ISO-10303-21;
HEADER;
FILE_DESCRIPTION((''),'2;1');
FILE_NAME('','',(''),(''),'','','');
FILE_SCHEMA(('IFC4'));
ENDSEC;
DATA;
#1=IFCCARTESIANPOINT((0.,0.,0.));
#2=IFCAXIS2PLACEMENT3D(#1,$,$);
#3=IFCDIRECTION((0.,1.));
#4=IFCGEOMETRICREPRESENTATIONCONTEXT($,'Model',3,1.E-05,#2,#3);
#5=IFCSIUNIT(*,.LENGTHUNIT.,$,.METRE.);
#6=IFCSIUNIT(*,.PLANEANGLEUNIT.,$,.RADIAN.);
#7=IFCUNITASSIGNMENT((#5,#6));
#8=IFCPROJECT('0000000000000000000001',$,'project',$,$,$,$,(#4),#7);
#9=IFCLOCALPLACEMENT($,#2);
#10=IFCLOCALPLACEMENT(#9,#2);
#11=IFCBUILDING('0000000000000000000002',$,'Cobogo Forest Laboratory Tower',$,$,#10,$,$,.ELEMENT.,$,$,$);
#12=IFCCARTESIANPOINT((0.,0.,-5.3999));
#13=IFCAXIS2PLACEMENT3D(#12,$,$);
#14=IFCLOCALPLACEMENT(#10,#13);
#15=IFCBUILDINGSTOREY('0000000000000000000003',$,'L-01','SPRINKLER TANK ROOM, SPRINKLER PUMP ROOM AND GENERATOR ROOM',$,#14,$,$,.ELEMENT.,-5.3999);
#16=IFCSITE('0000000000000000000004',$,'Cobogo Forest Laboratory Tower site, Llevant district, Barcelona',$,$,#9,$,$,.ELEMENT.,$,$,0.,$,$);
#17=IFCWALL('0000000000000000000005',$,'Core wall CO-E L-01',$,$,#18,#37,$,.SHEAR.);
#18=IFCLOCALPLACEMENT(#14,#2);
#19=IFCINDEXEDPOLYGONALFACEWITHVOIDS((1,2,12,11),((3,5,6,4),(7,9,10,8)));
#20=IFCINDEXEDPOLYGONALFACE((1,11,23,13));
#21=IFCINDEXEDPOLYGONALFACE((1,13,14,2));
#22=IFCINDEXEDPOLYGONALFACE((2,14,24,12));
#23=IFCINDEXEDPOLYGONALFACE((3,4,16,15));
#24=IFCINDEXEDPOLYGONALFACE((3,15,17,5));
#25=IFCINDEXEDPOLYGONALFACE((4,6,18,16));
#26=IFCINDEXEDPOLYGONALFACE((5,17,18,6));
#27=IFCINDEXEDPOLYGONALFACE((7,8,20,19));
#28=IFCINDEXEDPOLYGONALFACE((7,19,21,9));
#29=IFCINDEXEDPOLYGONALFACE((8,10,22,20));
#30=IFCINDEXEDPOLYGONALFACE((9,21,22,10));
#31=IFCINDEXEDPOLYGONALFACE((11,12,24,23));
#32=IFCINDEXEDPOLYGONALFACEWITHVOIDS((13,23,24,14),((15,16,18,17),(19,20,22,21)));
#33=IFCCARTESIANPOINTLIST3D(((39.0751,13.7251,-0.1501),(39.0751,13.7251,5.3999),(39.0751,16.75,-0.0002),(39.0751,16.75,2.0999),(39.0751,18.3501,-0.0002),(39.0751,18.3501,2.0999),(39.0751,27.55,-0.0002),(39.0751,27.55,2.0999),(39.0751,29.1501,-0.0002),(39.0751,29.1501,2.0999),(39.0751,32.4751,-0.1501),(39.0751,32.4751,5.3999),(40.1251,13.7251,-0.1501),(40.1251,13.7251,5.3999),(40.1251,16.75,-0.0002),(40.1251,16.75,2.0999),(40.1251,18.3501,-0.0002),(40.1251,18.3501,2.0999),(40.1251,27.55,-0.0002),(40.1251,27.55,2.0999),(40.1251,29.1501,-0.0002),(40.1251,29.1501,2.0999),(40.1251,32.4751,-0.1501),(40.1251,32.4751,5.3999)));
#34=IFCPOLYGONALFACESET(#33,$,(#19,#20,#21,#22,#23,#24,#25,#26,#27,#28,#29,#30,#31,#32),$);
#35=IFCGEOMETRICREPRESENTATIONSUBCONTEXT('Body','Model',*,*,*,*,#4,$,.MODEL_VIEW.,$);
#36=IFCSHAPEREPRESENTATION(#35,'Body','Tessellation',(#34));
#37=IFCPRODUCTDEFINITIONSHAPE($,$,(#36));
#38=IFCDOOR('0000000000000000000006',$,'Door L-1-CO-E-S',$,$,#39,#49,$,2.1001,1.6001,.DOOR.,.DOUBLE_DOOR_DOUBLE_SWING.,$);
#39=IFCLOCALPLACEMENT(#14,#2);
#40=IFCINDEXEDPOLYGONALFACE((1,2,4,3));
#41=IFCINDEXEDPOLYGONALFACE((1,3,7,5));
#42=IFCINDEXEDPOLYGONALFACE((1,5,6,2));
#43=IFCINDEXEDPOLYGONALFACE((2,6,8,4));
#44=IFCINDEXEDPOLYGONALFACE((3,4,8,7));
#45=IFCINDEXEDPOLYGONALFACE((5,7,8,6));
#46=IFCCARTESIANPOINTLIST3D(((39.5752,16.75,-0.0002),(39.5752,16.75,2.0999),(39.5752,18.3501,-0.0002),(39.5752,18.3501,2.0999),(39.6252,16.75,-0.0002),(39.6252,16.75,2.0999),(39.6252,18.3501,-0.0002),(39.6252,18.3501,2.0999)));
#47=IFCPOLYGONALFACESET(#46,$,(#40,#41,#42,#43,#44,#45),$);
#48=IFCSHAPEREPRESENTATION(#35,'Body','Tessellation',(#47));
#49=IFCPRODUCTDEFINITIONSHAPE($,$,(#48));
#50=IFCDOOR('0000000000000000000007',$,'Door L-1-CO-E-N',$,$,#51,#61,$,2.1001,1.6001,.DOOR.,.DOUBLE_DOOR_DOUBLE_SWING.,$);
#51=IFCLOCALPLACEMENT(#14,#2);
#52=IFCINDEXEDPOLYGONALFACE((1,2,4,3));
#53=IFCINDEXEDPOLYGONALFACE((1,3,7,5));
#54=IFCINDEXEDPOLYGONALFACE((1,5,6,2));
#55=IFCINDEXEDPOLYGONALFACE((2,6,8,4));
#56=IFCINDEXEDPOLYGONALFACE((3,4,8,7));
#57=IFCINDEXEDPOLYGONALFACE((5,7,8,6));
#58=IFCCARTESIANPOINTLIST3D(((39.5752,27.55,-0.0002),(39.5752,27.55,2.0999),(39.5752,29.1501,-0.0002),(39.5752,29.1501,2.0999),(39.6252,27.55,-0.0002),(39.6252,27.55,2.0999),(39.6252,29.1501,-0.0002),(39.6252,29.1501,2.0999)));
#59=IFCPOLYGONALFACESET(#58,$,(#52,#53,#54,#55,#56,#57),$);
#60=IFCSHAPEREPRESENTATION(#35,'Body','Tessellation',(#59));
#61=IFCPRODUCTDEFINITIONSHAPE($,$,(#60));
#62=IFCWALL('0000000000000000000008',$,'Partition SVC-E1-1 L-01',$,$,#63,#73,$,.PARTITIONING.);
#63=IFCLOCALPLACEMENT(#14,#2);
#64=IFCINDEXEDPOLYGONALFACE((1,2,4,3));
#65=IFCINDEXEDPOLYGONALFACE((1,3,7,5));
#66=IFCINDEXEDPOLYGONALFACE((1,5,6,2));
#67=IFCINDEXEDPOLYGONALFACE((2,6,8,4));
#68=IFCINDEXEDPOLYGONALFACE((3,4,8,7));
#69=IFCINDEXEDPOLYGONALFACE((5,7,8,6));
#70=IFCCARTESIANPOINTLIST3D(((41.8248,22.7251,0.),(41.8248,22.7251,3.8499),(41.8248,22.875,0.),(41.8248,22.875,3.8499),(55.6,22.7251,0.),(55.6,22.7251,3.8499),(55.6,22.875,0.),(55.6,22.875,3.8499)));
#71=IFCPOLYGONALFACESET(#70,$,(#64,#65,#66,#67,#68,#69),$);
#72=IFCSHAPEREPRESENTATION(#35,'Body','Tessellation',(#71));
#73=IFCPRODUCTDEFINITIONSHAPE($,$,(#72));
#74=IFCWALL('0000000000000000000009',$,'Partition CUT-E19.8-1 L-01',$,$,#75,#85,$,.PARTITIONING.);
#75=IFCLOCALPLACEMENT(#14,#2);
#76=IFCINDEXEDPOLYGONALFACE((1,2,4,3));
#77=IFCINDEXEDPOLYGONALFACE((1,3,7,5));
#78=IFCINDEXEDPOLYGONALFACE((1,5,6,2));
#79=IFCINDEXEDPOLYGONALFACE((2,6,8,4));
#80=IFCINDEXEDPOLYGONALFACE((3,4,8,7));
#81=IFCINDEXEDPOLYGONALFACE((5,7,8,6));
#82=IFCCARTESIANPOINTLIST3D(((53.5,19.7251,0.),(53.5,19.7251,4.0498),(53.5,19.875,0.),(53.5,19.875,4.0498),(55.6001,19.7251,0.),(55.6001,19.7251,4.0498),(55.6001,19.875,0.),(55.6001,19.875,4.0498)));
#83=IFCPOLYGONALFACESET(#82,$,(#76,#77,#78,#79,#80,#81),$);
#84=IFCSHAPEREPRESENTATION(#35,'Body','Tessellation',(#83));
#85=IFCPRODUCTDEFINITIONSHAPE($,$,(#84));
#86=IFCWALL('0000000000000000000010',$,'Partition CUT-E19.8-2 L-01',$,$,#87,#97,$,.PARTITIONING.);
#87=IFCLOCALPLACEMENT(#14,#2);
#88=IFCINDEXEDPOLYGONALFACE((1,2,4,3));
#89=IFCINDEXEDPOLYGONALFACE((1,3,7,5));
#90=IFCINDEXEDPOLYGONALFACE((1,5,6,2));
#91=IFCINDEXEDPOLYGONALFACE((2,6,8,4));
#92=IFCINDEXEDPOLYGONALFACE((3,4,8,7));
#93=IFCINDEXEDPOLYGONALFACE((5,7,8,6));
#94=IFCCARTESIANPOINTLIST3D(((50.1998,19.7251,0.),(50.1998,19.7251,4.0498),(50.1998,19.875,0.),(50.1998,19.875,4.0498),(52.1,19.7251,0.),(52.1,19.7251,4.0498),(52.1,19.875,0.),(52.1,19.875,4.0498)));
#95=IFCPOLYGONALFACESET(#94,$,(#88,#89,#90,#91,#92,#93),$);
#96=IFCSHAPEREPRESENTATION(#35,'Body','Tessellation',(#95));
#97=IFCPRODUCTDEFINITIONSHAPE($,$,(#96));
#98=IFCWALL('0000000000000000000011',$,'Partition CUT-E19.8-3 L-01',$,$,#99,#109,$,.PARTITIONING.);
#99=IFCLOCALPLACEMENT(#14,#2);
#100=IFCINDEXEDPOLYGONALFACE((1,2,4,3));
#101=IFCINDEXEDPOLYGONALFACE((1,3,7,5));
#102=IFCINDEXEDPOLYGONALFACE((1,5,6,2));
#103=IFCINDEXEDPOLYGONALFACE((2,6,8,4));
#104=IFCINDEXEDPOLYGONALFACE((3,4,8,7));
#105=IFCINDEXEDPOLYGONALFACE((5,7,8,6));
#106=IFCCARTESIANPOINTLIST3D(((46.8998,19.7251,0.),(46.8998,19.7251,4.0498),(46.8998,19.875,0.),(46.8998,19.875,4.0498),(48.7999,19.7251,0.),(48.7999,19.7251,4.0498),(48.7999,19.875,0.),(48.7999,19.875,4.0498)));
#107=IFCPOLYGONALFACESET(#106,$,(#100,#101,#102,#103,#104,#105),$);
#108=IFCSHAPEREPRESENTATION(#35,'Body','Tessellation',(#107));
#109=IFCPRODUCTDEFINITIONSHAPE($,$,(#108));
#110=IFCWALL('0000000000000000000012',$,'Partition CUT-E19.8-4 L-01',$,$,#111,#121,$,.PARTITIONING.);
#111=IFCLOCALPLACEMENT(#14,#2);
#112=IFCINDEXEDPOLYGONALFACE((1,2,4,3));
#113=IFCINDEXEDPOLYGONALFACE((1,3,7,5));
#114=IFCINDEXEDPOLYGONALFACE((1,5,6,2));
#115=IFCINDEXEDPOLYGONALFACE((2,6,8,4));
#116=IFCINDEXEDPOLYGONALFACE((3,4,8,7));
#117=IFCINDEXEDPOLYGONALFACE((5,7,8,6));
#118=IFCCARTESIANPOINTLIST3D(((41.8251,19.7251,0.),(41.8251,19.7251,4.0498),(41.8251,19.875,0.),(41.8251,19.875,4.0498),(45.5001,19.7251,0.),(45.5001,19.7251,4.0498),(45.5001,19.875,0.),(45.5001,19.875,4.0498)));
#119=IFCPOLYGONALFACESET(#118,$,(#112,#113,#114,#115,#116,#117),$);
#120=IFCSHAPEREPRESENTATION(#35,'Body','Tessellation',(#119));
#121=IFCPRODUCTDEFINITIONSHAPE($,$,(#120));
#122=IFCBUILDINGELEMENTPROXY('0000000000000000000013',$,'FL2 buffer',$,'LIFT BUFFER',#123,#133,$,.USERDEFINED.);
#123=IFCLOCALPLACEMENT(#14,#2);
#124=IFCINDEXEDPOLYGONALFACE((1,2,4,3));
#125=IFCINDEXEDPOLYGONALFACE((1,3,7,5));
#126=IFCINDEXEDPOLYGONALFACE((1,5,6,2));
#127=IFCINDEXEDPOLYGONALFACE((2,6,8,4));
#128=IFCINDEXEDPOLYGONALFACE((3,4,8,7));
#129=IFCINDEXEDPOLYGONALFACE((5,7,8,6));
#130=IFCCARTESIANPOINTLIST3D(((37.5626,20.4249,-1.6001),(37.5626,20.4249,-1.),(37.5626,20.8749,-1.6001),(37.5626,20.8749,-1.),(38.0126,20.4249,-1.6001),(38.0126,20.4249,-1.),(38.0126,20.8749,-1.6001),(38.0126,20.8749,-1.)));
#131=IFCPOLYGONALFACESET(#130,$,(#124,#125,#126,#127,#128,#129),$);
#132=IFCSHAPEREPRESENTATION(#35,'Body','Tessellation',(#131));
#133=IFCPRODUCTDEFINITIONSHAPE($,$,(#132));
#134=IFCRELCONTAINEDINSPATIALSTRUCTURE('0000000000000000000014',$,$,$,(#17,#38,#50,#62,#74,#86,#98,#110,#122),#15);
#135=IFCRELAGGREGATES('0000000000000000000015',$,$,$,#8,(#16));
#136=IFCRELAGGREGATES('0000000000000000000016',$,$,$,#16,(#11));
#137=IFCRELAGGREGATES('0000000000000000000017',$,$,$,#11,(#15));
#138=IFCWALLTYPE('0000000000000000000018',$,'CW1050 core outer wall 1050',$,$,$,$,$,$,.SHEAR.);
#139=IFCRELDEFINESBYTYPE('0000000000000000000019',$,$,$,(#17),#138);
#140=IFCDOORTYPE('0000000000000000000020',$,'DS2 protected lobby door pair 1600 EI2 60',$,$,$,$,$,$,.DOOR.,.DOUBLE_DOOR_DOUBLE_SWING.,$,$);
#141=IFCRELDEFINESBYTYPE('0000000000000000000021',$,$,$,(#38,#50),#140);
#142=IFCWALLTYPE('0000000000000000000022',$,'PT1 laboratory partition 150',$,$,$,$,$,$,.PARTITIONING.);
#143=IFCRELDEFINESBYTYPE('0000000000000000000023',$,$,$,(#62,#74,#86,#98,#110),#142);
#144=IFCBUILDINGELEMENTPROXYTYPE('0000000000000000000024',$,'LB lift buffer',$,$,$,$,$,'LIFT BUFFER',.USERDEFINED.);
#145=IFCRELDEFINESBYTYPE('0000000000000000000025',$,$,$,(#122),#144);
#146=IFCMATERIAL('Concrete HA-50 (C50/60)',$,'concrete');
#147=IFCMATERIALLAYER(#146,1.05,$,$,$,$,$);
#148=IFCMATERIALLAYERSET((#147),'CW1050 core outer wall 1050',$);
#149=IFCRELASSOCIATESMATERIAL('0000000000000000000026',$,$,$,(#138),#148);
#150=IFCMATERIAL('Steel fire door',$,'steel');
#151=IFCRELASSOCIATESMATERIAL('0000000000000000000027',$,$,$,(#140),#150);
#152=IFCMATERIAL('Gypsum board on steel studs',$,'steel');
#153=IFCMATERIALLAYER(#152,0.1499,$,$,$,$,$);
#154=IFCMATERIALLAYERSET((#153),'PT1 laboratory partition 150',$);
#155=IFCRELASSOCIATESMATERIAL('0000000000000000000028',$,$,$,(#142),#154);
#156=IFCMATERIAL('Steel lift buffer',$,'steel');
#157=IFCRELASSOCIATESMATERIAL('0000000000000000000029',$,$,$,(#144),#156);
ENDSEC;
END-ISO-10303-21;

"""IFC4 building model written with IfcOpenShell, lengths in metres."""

from ifc_helpers import new_model, si_unit, direction, frame, frame_2d, origin, origin_2d, place, context, subcontext, project, spatial, rectangle, extrude, material, layer, layer_set, type_object, element, fill, save


model = new_model("IFC4")

# Units and contexts
model_context = context("Model", 3, precision=1e-05, world=origin(), true_north=direction((0.0, 1.0)))
body_context = subcontext(model_context, "Body", "Model", "MODEL_VIEW")
ifc_project = project(units=[si_unit("LENGTHUNIT", "METRE"), si_unit("PLANEANGLEUNIT", "RADIAN")], contexts=[model_context])

# Site, building, storey
site_placement = place(None, origin())
site = spatial("IfcSite", under=ifc_project, at=site_placement, Name="Cobogo Forest Laboratory Tower site, Llevant district, Barcelona", CompositionType="ELEMENT", RefElevation=0.0)
building_placement = place(site_placement, origin())
building = spatial("IfcBuilding", under=site, at=building_placement, Name="Cobogo Forest Laboratory Tower", CompositionType="ELEMENT")
storey_placement = place(building_placement, frame((0.0, 0.0, -5.3999)))
storey = spatial("IfcBuildingStorey", under=building, at=storey_placement, Name="L-01", Description="SPRINKLER TANK ROOM, SPRINKLER PUMP ROOM AND GENERATOR ROOM", CompositionType="ELEMENT", Elevation=-5.3999)

# Shared definitions
ifc_material_1 = material(Name="Concrete HA-50 (C50/60)", Category="concrete")

# Wall, openings, doors
ifc_layer_1 = layer(ifc_material_1, 1.05)
ifc_layer_set_1 = layer_set([ifc_layer_1], Name="CW1050 core outer wall 1050")
wall_type_1 = type_object("IfcWallType", Name="CW1050 core outer wall 1050", PredefinedType="SHEAR", material=ifc_layer_set_1)
wall_1_placement = place(storey_placement, frame((39.6001, 13.7251, -0.1501), z_axis=(0.0, 0.0, 1.0), x_axis=(0.0, 1.0, 0.0)))
wall_1 = element("IfcWall", 1, at=wall_1_placement, inside=storey, type_object=wall_type_1, Name="Core wall CO-E L-01", PredefinedType="SHEAR", context=body_context, shape_type="SweptSolid", body=[
    extrude(rectangle(XDim=18.75, YDim=1.05, at=frame_2d((9.375, 0.0))), origin(), (0.0, 0.0, 1.0), 5.55),
])
opening_1_placement = place(wall_1_placement, frame((3.0249, 0.0, 0.1499)))
opening_1 = element("IfcOpeningElement", 2, at=opening_1_placement, cuts=wall_1, PredefinedType="OPENING", context=body_context, shape_type="SweptSolid", body=[
    extrude(rectangle(XDim=1.6001, YDim=2.1001, at=frame_2d((0.8, 1.05))), frame((0.0, 0.5349, 0.0), z_axis=(0.0, -1.0, 0.0), x_axis=(1.0, 0.0, 0.0)), (0.0, 0.0, 1.0), 1.0701),
])
opening_2_placement = place(wall_1_placement, frame((13.825, 0.0, 0.1499)))
opening_2 = element("IfcOpeningElement", 3, at=opening_2_placement, cuts=wall_1, PredefinedType="OPENING", context=body_context, shape_type="SweptSolid", body=[
    extrude(rectangle(XDim=1.6001, YDim=2.1001, at=frame_2d((0.8, 1.05))), frame((0.0, 0.5349, 0.0), z_axis=(0.0, -1.0, 0.0), x_axis=(1.0, 0.0, 0.0)), (0.0, 0.0, 1.0), 1.0701),
])
ifc_material_2 = material(Name="Steel fire door", Category="steel")
door_type = type_object("IfcDoorType", Name="DS2 protected lobby door pair 1600 EI2 60", OperationType="DOUBLE_DOOR_DOUBLE_SWING", PredefinedType="DOOR", material=ifc_material_2)
door_1_placement = place(opening_1_placement, origin())
door_1 = element("IfcDoor", 4, at=door_1_placement, inside=storey, type_object=door_type, Name="Door L-1-CO-E-S", OperationType="DOUBLE_DOOR_DOUBLE_SWING", OverallHeight=2.1001, OverallWidth=1.6001, PredefinedType="DOOR", context=body_context, shape_type="SweptSolid", body=[
    extrude(rectangle(XDim=1.6001, YDim=2.1001, at=frame_2d((0.8, 1.05))), frame((0.0, 0.0249, 0.0), z_axis=(0.0, -1.0, 0.0), x_axis=(1.0, 0.0, 0.0)), (0.0, 0.0, 1.0), 0.05),
])
fill(opening_1, door_1)
door_2_placement = place(opening_2_placement, origin())
door_2 = element("IfcDoor", 5, at=door_2_placement, inside=storey, type_object=door_type, Name="Door L-1-CO-E-N", OperationType="DOUBLE_DOOR_DOUBLE_SWING", OverallHeight=2.1001, OverallWidth=1.6001, PredefinedType="DOOR", context=body_context, shape_type="SweptSolid", body=[
    extrude(rectangle(XDim=1.6001, YDim=2.1001, at=frame_2d((0.8, 1.05))), frame((0.0, 0.0249, 0.0), z_axis=(0.0, -1.0, 0.0), x_axis=(1.0, 0.0, 0.0)), (0.0, 0.0, 1.0), 0.05),
])
fill(opening_2, door_2)

# Walls
ifc_material_3 = material(Name="Gypsum board on steel studs", Category="steel")
ifc_layer_2 = layer(ifc_material_3, 0.1499)
ifc_layer_set_2 = layer_set([ifc_layer_2], Name="PT1 laboratory partition 150")
wall_type_2 = type_object("IfcWallType", Name="PT1 laboratory partition 150", PredefinedType="PARTITIONING", material=ifc_layer_set_2)
wall_2_placement = place(storey_placement, frame((55.6001, 22.8, 0.0), z_axis=(0.0, 0.0, 1.0), x_axis=(-1.0, 0.0, 0.0)))
element("IfcWall", 6, at=wall_2_placement, inside=storey, type_object=wall_type_2, Name="Partition SVC-E1-1 L-01", PredefinedType="PARTITIONING", context=body_context, shape_type="SweptSolid", body=[
    extrude(rectangle(XDim=13.7751, YDim=0.1499, at=frame_2d((6.8877, 0.0))), origin(), (0.0, 0.0, 1.0), 3.8499),
])
wall_3_placement = place(storey_placement, frame((55.6001, 19.8, 0.0), z_axis=(0.0, 0.0, 1.0), x_axis=(-1.0, 0.0, 0.0)))
element("IfcWall", 7, at=wall_3_placement, inside=storey, type_object=wall_type_2, Name="Partition CUT-E19.8-1 L-01", PredefinedType="PARTITIONING", context=body_context, shape_type="SweptSolid", body=[
    extrude(rectangle(XDim=2.1001, YDim=0.1499, at=frame_2d((1.05, 0.0))), origin(), (0.0, 0.0, 1.0), 4.0498),
])
for number, where, z_axis, x_axis, name in (
    (8, (52.1001, 19.8, 0.0), (0.0, 0.0, 1.0), (-1.0, 0.0, 0.0), "Partition CUT-E19.8-2 L-01"),
    (9, (48.8, 19.8, 0.0), (0.0, 0.0, 1.0), (-1.0, 0.0, 0.0), "Partition CUT-E19.8-3 L-01"),
):
    element("IfcWall", number, at=place(storey_placement, frame(where, z_axis=z_axis, x_axis=x_axis)), inside=storey, type_object=wall_type_2, Name=name, PredefinedType="PARTITIONING", context=body_context, shape_type="SweptSolid", body=[
        extrude(rectangle(XDim=1.9001, YDim=0.1499, at=frame_2d((0.9502, 0.0))), origin(), (0.0, 0.0, 1.0), 4.0498),
    ])
wall_4_placement = place(storey_placement, frame((45.5, 19.8, 0.0), z_axis=(0.0, 0.0, 1.0), x_axis=(-1.0, 0.0, 0.0)))
element("IfcWall", 10, at=wall_4_placement, inside=storey, type_object=wall_type_2, Name="Partition CUT-E19.8-4 L-01", PredefinedType="PARTITIONING", context=body_context, shape_type="SweptSolid", body=[
    extrude(rectangle(XDim=3.675, YDim=0.1499, at=frame_2d((1.8374, 0.0))), origin(), (0.0, 0.0, 1.0), 4.0498),
])

# Building element proxy
ifc_material_4 = material(Name="Steel lift buffer", Category="steel")
building_element_proxy_type = type_object("IfcBuildingElementProxyType", Name="LB lift buffer", ElementType="LIFT BUFFER", PredefinedType="USERDEFINED", material=ifc_material_4)
proxy_placement = place(storey_placement, frame((37.7876, 20.6499, -1.6001), z_axis=(0.0, 0.0, 1.0), x_axis=(1.0, 0.0, 0.0)))
element("IfcBuildingElementProxy", 11, at=proxy_placement, inside=storey, type_object=building_element_proxy_type, Name="FL2 buffer", ObjectType="LIFT BUFFER", PredefinedType="USERDEFINED", context=body_context, shape_type="SweptSolid", body=[
    extrude(rectangle(XDim=0.45, YDim=0.45, at=origin_2d()), origin(), (0.0, 0.0, 1.0), 0.6001),
])

save(model, "model.ifc")
